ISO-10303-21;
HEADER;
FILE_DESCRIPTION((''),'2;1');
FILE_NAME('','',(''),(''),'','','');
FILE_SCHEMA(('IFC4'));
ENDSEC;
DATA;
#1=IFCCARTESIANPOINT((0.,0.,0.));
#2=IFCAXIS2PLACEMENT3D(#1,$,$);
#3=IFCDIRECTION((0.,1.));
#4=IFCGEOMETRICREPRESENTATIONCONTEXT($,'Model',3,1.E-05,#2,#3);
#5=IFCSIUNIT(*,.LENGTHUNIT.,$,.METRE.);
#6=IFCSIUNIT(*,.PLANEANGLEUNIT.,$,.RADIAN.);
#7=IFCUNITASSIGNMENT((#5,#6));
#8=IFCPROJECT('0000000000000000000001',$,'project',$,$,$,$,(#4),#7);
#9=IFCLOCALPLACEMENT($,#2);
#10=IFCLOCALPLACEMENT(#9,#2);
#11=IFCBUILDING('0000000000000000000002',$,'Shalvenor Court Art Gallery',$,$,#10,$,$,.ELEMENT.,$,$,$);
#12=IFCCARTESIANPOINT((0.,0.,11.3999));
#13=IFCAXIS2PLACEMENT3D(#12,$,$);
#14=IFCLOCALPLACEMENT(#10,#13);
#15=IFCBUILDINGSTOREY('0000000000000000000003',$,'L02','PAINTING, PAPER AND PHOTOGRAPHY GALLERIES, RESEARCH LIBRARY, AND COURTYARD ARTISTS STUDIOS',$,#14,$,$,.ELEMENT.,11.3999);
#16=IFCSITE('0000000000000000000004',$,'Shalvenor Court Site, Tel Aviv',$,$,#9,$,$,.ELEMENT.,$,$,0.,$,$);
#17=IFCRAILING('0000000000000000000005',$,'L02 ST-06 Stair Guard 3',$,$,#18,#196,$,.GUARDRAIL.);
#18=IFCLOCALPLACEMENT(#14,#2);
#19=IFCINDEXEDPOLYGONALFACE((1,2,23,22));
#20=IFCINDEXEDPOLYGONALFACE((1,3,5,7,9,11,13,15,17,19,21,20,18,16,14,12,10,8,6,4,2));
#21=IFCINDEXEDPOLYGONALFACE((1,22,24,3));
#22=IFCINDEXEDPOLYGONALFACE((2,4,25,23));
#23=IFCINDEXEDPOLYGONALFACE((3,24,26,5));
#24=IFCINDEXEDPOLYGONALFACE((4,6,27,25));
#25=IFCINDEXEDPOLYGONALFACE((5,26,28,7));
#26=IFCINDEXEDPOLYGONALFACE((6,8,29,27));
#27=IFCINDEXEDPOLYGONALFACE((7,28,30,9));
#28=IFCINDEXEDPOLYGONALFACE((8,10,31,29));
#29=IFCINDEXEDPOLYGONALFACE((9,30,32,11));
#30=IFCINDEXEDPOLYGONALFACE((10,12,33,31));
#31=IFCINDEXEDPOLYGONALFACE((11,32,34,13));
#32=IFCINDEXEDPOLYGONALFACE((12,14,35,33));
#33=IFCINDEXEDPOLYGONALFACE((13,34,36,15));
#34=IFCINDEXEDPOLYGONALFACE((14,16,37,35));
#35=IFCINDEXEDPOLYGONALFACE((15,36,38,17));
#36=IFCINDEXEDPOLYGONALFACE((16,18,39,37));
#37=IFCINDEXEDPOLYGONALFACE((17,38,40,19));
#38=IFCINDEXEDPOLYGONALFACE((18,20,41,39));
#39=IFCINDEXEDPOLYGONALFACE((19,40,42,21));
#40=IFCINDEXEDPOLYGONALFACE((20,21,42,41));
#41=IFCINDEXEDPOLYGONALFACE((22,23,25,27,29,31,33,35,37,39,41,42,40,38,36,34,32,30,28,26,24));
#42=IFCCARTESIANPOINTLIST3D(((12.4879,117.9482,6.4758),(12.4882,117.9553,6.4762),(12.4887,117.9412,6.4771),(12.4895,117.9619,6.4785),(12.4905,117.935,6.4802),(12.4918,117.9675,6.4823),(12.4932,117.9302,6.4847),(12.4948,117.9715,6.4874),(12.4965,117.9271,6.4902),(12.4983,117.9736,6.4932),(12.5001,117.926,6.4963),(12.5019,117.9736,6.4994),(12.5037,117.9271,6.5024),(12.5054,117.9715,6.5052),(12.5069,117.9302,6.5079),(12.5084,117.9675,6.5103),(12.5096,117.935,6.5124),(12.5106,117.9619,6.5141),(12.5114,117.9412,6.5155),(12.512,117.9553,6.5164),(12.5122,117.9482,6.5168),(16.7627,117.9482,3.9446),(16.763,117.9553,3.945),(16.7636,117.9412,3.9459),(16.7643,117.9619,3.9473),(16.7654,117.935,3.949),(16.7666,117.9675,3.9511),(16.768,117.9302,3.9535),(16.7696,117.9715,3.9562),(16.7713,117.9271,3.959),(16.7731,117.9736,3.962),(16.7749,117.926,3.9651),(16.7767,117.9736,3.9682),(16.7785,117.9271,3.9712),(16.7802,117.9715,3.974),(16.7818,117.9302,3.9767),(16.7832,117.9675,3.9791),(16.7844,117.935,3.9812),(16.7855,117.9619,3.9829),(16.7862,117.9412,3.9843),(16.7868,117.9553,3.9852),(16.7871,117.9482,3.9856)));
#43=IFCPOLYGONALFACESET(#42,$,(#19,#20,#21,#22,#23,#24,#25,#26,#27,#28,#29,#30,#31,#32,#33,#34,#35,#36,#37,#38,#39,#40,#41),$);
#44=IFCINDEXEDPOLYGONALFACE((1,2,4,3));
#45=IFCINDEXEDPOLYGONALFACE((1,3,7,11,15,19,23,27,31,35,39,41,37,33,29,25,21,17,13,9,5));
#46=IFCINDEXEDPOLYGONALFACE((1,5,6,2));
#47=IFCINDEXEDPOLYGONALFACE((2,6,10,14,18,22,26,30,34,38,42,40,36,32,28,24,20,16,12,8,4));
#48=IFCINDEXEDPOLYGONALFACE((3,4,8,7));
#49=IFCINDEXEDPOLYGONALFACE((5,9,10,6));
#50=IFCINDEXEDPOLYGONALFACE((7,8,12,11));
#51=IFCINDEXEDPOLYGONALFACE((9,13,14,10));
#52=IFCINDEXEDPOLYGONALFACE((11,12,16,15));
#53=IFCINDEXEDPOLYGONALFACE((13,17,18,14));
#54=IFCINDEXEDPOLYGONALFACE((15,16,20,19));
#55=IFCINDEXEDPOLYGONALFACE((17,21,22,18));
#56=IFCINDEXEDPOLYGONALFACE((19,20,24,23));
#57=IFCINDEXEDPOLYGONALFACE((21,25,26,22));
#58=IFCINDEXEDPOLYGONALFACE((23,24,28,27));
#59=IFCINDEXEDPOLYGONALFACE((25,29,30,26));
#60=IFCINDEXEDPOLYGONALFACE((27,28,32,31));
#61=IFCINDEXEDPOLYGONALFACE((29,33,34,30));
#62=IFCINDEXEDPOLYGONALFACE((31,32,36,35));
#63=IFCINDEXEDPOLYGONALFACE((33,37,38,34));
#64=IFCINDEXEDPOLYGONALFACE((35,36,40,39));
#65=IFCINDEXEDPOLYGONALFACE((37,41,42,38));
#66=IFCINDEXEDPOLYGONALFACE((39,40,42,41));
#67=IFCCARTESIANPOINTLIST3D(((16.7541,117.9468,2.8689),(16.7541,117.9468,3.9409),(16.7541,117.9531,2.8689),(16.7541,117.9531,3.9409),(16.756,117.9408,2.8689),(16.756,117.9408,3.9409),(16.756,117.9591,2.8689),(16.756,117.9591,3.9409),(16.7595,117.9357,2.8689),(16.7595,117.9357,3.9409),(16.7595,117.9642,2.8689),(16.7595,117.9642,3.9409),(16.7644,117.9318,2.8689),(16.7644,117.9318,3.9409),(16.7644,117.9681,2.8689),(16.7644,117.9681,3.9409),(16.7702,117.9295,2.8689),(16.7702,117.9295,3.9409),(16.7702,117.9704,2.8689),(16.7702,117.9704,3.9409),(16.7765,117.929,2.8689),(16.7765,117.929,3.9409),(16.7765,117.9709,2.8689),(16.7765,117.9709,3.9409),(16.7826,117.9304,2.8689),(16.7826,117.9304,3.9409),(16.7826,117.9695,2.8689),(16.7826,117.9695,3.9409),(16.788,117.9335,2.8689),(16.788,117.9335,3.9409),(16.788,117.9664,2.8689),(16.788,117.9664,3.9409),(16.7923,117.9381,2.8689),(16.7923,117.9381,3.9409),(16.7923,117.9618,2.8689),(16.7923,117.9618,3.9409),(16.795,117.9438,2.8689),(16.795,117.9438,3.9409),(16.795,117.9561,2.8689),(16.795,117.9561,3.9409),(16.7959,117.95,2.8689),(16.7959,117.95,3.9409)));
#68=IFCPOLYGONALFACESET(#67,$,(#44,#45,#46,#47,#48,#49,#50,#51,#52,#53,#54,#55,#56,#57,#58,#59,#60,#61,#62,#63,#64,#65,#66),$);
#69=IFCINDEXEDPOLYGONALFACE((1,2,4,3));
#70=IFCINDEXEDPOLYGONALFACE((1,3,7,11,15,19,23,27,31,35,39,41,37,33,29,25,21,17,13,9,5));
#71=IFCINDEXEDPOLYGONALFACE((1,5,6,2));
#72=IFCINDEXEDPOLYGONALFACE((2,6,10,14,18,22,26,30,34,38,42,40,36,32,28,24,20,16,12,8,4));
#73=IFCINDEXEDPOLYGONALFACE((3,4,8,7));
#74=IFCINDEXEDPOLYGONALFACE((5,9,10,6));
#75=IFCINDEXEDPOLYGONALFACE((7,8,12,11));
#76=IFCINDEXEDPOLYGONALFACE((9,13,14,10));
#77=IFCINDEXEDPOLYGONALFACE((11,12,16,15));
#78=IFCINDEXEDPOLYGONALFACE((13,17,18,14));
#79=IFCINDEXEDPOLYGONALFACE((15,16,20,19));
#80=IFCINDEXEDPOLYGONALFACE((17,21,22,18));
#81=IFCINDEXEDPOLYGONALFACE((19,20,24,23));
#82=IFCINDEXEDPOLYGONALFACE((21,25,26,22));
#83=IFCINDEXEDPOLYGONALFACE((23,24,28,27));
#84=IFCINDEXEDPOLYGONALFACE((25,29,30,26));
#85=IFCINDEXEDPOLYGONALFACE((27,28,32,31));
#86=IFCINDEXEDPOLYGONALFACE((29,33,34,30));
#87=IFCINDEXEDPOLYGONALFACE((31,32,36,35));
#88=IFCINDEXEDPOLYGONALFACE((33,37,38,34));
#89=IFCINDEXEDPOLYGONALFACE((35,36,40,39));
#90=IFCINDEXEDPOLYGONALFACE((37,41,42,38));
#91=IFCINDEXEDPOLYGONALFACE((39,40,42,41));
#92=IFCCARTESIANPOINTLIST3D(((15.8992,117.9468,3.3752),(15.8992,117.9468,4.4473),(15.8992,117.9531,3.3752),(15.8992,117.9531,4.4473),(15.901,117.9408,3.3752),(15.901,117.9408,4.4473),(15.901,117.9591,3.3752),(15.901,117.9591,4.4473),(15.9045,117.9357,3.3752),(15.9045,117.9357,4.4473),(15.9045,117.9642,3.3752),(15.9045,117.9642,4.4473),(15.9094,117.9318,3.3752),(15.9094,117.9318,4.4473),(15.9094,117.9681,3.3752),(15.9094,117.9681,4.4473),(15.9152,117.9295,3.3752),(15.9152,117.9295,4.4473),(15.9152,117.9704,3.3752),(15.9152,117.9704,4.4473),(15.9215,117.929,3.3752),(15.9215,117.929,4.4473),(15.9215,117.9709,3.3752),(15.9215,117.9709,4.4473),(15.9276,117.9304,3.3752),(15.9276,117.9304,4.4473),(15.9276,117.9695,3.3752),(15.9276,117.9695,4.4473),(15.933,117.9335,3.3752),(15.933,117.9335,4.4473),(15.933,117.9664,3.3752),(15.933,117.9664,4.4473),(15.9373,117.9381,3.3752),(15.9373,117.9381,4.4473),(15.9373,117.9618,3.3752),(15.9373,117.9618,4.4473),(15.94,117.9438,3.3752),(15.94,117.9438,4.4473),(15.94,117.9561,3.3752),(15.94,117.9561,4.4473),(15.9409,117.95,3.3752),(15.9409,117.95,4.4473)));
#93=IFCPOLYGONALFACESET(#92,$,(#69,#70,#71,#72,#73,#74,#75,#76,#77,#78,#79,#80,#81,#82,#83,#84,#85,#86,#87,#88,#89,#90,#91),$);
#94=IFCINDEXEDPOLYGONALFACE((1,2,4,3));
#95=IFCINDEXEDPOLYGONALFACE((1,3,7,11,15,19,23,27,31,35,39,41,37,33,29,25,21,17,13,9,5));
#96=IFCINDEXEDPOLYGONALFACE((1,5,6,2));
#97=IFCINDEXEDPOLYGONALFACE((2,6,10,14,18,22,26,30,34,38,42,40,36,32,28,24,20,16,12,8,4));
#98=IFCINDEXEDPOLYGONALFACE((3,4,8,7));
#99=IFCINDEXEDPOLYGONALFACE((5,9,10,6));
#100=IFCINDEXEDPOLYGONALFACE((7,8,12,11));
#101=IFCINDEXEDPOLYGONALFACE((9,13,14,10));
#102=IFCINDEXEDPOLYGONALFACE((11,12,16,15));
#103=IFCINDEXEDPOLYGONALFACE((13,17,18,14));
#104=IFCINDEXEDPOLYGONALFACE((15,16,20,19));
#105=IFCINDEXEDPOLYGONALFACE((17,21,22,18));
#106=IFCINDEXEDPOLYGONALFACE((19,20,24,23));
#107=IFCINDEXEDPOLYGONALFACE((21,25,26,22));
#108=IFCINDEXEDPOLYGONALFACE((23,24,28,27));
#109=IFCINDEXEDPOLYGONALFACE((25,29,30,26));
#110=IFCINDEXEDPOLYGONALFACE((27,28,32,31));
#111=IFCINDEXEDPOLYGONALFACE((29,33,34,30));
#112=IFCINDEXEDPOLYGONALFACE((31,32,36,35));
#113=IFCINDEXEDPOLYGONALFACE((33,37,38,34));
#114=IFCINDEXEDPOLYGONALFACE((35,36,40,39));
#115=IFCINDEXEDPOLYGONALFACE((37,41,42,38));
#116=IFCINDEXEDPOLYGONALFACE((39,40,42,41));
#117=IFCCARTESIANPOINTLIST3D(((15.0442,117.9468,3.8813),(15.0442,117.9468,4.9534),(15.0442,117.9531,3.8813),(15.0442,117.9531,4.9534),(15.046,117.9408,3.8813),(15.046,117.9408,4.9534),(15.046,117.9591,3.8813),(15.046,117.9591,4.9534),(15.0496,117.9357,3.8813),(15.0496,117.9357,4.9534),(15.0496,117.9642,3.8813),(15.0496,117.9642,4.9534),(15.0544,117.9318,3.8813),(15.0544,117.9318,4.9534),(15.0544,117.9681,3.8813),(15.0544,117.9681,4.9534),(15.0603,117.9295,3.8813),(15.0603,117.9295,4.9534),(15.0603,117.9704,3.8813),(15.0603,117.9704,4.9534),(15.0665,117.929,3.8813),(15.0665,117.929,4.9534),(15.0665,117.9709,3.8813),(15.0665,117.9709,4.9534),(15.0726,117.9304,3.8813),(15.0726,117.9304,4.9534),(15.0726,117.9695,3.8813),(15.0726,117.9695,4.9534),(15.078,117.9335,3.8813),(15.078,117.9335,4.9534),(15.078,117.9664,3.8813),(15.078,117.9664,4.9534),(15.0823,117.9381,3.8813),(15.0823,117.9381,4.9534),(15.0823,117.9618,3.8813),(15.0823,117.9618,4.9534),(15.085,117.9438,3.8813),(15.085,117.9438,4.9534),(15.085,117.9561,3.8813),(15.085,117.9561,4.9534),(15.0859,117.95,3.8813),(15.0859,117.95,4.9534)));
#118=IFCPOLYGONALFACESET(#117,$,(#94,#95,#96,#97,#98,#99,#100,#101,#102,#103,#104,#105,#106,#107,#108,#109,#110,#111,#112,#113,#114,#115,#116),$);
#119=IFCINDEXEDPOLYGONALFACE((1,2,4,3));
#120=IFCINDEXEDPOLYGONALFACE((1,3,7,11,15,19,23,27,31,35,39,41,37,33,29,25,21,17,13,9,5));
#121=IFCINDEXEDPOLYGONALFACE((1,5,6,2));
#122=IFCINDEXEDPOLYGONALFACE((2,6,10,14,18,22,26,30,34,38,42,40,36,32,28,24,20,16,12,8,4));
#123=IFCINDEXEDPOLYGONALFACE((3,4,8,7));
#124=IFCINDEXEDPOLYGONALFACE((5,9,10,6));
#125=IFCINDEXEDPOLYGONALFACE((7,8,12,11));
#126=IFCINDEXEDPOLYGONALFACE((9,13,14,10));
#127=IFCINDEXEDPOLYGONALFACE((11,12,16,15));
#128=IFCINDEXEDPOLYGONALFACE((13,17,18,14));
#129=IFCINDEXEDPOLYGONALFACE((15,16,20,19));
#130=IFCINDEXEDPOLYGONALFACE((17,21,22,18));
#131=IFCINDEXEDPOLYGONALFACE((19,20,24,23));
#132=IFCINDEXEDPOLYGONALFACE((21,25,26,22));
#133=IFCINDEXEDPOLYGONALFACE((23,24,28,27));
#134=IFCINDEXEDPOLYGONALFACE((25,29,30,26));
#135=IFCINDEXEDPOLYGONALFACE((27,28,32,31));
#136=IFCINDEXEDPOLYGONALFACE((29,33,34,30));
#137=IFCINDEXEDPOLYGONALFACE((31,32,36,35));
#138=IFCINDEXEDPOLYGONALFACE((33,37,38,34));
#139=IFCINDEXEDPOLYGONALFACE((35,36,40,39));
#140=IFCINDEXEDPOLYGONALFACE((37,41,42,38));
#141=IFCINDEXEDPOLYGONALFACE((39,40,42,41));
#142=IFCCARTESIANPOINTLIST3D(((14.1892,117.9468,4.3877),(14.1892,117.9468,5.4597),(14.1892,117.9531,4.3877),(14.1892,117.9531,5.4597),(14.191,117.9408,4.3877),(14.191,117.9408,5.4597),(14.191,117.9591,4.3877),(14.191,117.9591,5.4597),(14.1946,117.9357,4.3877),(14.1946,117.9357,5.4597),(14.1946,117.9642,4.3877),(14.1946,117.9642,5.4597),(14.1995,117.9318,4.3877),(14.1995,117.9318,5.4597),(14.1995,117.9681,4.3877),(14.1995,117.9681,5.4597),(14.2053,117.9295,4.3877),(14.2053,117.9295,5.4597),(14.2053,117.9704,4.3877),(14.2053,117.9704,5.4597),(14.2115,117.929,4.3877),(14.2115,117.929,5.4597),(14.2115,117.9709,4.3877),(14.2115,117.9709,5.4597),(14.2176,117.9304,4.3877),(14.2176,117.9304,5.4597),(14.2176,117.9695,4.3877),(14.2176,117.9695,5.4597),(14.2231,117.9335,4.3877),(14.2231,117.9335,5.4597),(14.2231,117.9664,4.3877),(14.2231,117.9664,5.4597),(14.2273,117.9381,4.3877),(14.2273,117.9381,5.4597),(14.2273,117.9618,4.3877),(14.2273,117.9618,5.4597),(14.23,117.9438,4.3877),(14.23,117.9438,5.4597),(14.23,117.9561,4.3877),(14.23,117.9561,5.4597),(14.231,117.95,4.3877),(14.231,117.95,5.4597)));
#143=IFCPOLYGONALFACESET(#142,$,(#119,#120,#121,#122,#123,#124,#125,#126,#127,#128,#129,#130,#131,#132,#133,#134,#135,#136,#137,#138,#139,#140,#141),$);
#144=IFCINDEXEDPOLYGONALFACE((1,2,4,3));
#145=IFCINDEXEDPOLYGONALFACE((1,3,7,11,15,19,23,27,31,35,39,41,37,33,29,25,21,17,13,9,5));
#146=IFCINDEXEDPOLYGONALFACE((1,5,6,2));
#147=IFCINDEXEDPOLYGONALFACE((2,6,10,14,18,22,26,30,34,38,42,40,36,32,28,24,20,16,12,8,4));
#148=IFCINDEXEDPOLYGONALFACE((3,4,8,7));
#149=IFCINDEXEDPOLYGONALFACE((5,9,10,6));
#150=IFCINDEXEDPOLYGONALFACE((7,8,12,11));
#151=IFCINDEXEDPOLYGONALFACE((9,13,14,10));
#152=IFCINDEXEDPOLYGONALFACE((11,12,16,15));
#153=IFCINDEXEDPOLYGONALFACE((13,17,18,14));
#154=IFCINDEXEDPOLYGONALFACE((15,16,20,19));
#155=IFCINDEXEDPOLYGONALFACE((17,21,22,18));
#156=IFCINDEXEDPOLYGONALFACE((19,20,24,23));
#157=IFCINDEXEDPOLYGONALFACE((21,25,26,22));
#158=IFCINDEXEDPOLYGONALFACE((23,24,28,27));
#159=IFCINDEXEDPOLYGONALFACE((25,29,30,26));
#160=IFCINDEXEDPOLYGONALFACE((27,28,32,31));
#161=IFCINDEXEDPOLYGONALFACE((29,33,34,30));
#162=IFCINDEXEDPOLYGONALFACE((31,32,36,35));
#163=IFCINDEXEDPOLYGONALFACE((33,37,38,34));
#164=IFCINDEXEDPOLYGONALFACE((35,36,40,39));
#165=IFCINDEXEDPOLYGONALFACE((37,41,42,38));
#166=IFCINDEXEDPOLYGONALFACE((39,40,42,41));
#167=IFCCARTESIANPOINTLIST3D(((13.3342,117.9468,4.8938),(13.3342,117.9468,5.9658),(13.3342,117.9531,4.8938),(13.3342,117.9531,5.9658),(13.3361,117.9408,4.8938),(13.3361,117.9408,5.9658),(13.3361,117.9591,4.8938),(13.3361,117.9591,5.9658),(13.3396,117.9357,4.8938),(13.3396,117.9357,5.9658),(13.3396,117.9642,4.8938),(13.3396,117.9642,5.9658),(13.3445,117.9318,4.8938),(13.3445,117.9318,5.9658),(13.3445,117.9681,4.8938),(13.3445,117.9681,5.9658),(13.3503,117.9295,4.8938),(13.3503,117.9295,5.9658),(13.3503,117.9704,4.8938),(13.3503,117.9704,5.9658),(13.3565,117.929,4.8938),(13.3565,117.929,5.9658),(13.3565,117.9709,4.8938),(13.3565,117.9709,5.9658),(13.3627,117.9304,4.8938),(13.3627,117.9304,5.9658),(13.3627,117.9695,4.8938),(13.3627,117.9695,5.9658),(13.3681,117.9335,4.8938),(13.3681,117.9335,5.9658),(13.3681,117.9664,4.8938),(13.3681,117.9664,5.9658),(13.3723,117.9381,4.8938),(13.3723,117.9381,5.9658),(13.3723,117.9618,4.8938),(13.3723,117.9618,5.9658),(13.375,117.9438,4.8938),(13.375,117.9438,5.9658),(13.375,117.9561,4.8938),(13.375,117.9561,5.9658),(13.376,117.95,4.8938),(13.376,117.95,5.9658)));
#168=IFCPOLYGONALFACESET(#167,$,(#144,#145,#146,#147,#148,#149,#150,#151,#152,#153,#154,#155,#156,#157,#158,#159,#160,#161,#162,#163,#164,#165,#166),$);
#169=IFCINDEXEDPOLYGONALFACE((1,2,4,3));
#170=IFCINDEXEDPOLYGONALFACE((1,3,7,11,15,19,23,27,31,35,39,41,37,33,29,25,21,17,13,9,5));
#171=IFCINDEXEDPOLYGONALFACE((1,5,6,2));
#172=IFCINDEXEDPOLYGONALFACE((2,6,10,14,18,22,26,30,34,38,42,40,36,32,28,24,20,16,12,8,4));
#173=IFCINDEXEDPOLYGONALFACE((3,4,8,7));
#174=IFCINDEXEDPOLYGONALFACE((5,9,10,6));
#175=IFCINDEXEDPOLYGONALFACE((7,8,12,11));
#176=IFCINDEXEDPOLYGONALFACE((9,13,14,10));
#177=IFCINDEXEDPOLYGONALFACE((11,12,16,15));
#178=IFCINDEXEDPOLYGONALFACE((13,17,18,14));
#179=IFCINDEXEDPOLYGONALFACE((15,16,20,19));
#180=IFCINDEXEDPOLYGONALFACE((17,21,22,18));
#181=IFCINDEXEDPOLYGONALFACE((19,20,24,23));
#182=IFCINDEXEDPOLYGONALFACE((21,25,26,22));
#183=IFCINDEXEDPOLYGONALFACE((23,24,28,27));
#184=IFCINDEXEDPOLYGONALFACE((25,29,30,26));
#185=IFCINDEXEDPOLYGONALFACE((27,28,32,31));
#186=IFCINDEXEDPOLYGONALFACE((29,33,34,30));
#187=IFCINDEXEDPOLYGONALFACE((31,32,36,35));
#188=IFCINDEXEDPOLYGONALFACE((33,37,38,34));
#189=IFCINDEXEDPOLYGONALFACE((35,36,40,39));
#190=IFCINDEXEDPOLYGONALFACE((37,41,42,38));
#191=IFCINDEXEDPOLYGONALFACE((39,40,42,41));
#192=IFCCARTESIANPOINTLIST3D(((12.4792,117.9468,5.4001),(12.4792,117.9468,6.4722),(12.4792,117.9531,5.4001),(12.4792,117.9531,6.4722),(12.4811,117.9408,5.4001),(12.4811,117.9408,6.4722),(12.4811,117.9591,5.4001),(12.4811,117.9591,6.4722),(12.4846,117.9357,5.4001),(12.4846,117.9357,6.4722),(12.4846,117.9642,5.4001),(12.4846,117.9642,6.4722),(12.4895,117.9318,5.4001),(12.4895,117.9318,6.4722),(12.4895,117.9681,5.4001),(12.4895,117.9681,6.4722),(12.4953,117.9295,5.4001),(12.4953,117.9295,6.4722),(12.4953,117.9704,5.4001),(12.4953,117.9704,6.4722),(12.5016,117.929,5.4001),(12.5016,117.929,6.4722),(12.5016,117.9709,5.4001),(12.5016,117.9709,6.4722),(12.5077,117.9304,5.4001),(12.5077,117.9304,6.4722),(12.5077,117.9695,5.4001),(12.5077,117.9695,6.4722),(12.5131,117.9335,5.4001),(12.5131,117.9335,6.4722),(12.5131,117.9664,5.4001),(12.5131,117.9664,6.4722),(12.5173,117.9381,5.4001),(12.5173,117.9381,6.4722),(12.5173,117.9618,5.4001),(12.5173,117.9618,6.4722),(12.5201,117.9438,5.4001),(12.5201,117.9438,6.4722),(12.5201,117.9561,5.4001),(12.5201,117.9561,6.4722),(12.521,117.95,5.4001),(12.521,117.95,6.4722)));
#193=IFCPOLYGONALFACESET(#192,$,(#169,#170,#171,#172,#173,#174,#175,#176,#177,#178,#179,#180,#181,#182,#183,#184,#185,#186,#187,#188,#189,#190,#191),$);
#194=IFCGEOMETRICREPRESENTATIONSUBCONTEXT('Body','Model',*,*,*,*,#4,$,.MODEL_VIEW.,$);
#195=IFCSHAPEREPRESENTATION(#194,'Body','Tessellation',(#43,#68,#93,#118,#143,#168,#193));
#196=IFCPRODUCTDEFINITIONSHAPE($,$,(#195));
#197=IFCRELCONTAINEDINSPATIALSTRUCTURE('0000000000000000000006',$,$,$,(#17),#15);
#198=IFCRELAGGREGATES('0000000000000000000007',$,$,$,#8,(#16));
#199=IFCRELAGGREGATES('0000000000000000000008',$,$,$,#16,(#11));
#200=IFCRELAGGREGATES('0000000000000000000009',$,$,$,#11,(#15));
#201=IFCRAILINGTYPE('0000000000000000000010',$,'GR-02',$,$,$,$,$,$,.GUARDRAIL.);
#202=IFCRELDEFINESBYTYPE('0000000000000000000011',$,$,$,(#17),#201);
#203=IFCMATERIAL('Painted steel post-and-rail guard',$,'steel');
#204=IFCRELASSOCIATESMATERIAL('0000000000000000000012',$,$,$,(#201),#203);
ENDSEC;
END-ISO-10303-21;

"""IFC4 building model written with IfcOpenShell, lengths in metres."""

from ifc_helpers import new_model, si_unit, direction, frame, origin, origin_2d, place, context, subcontext, project, spatial, circle, extrude, material, type_object, element, save


model = new_model("IFC4")

# Units and contexts
model_context = context("Model", 3, precision=1e-05, world=origin(), true_north=direction((0.0, 1.0)))
body_context = subcontext(model_context, "Body", "Model", "MODEL_VIEW")
ifc_project = project(units=[si_unit("LENGTHUNIT", "METRE"), si_unit("PLANEANGLEUNIT", "RADIAN")], contexts=[model_context])

# Site, building, storey
site_placement = place(None, origin())
site = spatial("IfcSite", under=ifc_project, at=site_placement, Name="Shalvenor Court Site, Tel Aviv", CompositionType="ELEMENT", RefElevation=0.0)
building_placement = place(site_placement, origin())
building = spatial("IfcBuilding", under=site, at=building_placement, Name="Shalvenor Court Art Gallery", CompositionType="ELEMENT")
storey_placement = place(building_placement, frame((0.0, 0.0, 11.3999)))
storey = spatial("IfcBuildingStorey", under=building, at=storey_placement, Name="L02", Description="PAINTING, PAPER AND PHOTOGRAPHY GALLERIES, RESEARCH LIBRARY, AND COURTYARD ARTISTS STUDIOS", CompositionType="ELEMENT", Elevation=11.3999)

# Railing
ifc_material_1 = material(Name="Painted steel post-and-rail guard", Category="steel")
railing_type_1 = type_object("IfcRailingType", Name="GR-02", PredefinedType="GUARDRAIL", material=ifc_material_1)
railing_1_placement = place(storey_placement, frame((16.7749, 117.95, 2.8689)))
element("IfcRailing", 1, at=railing_1_placement, inside=storey, type_object=railing_type_1, Name="L02 ST-06 Stair Guard 3", PredefinedType="GUARDRAIL", context=body_context, shape_type="SweptSolid", body=[
    extrude(circle(Radius=0.0239, at=origin_2d()), frame((0.0, 0.0, 1.0962), z_axis=(-0.86047, 0.0, 0.509501), x_axis=(0.0, -1.0, 0.0)), (0.0, 0.0, 1.0), 4.968),
    extrude(circle(Radius=0.021, at=origin_2d()), origin(), (0.0, 0.0, 1.0), 1.072),
    extrude(circle(Radius=0.021, at=origin_2d()), frame((-0.855, 0.0, 0.5063)), (0.0, 0.0, 1.0), 1.072),
    extrude(circle(Radius=0.021, at=origin_2d()), frame((-1.71, 0.0, 1.0125)), (0.0, 0.0, 1.0), 1.072),
    extrude(circle(Radius=0.021, at=origin_2d()), frame((-2.5649, 0.0, 1.5188)), (0.0, 0.0, 1.0), 1.072),
    extrude(circle(Radius=0.021, at=origin_2d()), frame((-3.4199, 0.0, 2.0249)), (0.0, 0.0, 1.0), 1.072),
    extrude(circle(Radius=0.021, at=origin_2d()), frame((-4.2749, 0.0, 2.5312)), (0.0, 0.0, 1.0), 1.072),
])

save(model, "model.ifc")
